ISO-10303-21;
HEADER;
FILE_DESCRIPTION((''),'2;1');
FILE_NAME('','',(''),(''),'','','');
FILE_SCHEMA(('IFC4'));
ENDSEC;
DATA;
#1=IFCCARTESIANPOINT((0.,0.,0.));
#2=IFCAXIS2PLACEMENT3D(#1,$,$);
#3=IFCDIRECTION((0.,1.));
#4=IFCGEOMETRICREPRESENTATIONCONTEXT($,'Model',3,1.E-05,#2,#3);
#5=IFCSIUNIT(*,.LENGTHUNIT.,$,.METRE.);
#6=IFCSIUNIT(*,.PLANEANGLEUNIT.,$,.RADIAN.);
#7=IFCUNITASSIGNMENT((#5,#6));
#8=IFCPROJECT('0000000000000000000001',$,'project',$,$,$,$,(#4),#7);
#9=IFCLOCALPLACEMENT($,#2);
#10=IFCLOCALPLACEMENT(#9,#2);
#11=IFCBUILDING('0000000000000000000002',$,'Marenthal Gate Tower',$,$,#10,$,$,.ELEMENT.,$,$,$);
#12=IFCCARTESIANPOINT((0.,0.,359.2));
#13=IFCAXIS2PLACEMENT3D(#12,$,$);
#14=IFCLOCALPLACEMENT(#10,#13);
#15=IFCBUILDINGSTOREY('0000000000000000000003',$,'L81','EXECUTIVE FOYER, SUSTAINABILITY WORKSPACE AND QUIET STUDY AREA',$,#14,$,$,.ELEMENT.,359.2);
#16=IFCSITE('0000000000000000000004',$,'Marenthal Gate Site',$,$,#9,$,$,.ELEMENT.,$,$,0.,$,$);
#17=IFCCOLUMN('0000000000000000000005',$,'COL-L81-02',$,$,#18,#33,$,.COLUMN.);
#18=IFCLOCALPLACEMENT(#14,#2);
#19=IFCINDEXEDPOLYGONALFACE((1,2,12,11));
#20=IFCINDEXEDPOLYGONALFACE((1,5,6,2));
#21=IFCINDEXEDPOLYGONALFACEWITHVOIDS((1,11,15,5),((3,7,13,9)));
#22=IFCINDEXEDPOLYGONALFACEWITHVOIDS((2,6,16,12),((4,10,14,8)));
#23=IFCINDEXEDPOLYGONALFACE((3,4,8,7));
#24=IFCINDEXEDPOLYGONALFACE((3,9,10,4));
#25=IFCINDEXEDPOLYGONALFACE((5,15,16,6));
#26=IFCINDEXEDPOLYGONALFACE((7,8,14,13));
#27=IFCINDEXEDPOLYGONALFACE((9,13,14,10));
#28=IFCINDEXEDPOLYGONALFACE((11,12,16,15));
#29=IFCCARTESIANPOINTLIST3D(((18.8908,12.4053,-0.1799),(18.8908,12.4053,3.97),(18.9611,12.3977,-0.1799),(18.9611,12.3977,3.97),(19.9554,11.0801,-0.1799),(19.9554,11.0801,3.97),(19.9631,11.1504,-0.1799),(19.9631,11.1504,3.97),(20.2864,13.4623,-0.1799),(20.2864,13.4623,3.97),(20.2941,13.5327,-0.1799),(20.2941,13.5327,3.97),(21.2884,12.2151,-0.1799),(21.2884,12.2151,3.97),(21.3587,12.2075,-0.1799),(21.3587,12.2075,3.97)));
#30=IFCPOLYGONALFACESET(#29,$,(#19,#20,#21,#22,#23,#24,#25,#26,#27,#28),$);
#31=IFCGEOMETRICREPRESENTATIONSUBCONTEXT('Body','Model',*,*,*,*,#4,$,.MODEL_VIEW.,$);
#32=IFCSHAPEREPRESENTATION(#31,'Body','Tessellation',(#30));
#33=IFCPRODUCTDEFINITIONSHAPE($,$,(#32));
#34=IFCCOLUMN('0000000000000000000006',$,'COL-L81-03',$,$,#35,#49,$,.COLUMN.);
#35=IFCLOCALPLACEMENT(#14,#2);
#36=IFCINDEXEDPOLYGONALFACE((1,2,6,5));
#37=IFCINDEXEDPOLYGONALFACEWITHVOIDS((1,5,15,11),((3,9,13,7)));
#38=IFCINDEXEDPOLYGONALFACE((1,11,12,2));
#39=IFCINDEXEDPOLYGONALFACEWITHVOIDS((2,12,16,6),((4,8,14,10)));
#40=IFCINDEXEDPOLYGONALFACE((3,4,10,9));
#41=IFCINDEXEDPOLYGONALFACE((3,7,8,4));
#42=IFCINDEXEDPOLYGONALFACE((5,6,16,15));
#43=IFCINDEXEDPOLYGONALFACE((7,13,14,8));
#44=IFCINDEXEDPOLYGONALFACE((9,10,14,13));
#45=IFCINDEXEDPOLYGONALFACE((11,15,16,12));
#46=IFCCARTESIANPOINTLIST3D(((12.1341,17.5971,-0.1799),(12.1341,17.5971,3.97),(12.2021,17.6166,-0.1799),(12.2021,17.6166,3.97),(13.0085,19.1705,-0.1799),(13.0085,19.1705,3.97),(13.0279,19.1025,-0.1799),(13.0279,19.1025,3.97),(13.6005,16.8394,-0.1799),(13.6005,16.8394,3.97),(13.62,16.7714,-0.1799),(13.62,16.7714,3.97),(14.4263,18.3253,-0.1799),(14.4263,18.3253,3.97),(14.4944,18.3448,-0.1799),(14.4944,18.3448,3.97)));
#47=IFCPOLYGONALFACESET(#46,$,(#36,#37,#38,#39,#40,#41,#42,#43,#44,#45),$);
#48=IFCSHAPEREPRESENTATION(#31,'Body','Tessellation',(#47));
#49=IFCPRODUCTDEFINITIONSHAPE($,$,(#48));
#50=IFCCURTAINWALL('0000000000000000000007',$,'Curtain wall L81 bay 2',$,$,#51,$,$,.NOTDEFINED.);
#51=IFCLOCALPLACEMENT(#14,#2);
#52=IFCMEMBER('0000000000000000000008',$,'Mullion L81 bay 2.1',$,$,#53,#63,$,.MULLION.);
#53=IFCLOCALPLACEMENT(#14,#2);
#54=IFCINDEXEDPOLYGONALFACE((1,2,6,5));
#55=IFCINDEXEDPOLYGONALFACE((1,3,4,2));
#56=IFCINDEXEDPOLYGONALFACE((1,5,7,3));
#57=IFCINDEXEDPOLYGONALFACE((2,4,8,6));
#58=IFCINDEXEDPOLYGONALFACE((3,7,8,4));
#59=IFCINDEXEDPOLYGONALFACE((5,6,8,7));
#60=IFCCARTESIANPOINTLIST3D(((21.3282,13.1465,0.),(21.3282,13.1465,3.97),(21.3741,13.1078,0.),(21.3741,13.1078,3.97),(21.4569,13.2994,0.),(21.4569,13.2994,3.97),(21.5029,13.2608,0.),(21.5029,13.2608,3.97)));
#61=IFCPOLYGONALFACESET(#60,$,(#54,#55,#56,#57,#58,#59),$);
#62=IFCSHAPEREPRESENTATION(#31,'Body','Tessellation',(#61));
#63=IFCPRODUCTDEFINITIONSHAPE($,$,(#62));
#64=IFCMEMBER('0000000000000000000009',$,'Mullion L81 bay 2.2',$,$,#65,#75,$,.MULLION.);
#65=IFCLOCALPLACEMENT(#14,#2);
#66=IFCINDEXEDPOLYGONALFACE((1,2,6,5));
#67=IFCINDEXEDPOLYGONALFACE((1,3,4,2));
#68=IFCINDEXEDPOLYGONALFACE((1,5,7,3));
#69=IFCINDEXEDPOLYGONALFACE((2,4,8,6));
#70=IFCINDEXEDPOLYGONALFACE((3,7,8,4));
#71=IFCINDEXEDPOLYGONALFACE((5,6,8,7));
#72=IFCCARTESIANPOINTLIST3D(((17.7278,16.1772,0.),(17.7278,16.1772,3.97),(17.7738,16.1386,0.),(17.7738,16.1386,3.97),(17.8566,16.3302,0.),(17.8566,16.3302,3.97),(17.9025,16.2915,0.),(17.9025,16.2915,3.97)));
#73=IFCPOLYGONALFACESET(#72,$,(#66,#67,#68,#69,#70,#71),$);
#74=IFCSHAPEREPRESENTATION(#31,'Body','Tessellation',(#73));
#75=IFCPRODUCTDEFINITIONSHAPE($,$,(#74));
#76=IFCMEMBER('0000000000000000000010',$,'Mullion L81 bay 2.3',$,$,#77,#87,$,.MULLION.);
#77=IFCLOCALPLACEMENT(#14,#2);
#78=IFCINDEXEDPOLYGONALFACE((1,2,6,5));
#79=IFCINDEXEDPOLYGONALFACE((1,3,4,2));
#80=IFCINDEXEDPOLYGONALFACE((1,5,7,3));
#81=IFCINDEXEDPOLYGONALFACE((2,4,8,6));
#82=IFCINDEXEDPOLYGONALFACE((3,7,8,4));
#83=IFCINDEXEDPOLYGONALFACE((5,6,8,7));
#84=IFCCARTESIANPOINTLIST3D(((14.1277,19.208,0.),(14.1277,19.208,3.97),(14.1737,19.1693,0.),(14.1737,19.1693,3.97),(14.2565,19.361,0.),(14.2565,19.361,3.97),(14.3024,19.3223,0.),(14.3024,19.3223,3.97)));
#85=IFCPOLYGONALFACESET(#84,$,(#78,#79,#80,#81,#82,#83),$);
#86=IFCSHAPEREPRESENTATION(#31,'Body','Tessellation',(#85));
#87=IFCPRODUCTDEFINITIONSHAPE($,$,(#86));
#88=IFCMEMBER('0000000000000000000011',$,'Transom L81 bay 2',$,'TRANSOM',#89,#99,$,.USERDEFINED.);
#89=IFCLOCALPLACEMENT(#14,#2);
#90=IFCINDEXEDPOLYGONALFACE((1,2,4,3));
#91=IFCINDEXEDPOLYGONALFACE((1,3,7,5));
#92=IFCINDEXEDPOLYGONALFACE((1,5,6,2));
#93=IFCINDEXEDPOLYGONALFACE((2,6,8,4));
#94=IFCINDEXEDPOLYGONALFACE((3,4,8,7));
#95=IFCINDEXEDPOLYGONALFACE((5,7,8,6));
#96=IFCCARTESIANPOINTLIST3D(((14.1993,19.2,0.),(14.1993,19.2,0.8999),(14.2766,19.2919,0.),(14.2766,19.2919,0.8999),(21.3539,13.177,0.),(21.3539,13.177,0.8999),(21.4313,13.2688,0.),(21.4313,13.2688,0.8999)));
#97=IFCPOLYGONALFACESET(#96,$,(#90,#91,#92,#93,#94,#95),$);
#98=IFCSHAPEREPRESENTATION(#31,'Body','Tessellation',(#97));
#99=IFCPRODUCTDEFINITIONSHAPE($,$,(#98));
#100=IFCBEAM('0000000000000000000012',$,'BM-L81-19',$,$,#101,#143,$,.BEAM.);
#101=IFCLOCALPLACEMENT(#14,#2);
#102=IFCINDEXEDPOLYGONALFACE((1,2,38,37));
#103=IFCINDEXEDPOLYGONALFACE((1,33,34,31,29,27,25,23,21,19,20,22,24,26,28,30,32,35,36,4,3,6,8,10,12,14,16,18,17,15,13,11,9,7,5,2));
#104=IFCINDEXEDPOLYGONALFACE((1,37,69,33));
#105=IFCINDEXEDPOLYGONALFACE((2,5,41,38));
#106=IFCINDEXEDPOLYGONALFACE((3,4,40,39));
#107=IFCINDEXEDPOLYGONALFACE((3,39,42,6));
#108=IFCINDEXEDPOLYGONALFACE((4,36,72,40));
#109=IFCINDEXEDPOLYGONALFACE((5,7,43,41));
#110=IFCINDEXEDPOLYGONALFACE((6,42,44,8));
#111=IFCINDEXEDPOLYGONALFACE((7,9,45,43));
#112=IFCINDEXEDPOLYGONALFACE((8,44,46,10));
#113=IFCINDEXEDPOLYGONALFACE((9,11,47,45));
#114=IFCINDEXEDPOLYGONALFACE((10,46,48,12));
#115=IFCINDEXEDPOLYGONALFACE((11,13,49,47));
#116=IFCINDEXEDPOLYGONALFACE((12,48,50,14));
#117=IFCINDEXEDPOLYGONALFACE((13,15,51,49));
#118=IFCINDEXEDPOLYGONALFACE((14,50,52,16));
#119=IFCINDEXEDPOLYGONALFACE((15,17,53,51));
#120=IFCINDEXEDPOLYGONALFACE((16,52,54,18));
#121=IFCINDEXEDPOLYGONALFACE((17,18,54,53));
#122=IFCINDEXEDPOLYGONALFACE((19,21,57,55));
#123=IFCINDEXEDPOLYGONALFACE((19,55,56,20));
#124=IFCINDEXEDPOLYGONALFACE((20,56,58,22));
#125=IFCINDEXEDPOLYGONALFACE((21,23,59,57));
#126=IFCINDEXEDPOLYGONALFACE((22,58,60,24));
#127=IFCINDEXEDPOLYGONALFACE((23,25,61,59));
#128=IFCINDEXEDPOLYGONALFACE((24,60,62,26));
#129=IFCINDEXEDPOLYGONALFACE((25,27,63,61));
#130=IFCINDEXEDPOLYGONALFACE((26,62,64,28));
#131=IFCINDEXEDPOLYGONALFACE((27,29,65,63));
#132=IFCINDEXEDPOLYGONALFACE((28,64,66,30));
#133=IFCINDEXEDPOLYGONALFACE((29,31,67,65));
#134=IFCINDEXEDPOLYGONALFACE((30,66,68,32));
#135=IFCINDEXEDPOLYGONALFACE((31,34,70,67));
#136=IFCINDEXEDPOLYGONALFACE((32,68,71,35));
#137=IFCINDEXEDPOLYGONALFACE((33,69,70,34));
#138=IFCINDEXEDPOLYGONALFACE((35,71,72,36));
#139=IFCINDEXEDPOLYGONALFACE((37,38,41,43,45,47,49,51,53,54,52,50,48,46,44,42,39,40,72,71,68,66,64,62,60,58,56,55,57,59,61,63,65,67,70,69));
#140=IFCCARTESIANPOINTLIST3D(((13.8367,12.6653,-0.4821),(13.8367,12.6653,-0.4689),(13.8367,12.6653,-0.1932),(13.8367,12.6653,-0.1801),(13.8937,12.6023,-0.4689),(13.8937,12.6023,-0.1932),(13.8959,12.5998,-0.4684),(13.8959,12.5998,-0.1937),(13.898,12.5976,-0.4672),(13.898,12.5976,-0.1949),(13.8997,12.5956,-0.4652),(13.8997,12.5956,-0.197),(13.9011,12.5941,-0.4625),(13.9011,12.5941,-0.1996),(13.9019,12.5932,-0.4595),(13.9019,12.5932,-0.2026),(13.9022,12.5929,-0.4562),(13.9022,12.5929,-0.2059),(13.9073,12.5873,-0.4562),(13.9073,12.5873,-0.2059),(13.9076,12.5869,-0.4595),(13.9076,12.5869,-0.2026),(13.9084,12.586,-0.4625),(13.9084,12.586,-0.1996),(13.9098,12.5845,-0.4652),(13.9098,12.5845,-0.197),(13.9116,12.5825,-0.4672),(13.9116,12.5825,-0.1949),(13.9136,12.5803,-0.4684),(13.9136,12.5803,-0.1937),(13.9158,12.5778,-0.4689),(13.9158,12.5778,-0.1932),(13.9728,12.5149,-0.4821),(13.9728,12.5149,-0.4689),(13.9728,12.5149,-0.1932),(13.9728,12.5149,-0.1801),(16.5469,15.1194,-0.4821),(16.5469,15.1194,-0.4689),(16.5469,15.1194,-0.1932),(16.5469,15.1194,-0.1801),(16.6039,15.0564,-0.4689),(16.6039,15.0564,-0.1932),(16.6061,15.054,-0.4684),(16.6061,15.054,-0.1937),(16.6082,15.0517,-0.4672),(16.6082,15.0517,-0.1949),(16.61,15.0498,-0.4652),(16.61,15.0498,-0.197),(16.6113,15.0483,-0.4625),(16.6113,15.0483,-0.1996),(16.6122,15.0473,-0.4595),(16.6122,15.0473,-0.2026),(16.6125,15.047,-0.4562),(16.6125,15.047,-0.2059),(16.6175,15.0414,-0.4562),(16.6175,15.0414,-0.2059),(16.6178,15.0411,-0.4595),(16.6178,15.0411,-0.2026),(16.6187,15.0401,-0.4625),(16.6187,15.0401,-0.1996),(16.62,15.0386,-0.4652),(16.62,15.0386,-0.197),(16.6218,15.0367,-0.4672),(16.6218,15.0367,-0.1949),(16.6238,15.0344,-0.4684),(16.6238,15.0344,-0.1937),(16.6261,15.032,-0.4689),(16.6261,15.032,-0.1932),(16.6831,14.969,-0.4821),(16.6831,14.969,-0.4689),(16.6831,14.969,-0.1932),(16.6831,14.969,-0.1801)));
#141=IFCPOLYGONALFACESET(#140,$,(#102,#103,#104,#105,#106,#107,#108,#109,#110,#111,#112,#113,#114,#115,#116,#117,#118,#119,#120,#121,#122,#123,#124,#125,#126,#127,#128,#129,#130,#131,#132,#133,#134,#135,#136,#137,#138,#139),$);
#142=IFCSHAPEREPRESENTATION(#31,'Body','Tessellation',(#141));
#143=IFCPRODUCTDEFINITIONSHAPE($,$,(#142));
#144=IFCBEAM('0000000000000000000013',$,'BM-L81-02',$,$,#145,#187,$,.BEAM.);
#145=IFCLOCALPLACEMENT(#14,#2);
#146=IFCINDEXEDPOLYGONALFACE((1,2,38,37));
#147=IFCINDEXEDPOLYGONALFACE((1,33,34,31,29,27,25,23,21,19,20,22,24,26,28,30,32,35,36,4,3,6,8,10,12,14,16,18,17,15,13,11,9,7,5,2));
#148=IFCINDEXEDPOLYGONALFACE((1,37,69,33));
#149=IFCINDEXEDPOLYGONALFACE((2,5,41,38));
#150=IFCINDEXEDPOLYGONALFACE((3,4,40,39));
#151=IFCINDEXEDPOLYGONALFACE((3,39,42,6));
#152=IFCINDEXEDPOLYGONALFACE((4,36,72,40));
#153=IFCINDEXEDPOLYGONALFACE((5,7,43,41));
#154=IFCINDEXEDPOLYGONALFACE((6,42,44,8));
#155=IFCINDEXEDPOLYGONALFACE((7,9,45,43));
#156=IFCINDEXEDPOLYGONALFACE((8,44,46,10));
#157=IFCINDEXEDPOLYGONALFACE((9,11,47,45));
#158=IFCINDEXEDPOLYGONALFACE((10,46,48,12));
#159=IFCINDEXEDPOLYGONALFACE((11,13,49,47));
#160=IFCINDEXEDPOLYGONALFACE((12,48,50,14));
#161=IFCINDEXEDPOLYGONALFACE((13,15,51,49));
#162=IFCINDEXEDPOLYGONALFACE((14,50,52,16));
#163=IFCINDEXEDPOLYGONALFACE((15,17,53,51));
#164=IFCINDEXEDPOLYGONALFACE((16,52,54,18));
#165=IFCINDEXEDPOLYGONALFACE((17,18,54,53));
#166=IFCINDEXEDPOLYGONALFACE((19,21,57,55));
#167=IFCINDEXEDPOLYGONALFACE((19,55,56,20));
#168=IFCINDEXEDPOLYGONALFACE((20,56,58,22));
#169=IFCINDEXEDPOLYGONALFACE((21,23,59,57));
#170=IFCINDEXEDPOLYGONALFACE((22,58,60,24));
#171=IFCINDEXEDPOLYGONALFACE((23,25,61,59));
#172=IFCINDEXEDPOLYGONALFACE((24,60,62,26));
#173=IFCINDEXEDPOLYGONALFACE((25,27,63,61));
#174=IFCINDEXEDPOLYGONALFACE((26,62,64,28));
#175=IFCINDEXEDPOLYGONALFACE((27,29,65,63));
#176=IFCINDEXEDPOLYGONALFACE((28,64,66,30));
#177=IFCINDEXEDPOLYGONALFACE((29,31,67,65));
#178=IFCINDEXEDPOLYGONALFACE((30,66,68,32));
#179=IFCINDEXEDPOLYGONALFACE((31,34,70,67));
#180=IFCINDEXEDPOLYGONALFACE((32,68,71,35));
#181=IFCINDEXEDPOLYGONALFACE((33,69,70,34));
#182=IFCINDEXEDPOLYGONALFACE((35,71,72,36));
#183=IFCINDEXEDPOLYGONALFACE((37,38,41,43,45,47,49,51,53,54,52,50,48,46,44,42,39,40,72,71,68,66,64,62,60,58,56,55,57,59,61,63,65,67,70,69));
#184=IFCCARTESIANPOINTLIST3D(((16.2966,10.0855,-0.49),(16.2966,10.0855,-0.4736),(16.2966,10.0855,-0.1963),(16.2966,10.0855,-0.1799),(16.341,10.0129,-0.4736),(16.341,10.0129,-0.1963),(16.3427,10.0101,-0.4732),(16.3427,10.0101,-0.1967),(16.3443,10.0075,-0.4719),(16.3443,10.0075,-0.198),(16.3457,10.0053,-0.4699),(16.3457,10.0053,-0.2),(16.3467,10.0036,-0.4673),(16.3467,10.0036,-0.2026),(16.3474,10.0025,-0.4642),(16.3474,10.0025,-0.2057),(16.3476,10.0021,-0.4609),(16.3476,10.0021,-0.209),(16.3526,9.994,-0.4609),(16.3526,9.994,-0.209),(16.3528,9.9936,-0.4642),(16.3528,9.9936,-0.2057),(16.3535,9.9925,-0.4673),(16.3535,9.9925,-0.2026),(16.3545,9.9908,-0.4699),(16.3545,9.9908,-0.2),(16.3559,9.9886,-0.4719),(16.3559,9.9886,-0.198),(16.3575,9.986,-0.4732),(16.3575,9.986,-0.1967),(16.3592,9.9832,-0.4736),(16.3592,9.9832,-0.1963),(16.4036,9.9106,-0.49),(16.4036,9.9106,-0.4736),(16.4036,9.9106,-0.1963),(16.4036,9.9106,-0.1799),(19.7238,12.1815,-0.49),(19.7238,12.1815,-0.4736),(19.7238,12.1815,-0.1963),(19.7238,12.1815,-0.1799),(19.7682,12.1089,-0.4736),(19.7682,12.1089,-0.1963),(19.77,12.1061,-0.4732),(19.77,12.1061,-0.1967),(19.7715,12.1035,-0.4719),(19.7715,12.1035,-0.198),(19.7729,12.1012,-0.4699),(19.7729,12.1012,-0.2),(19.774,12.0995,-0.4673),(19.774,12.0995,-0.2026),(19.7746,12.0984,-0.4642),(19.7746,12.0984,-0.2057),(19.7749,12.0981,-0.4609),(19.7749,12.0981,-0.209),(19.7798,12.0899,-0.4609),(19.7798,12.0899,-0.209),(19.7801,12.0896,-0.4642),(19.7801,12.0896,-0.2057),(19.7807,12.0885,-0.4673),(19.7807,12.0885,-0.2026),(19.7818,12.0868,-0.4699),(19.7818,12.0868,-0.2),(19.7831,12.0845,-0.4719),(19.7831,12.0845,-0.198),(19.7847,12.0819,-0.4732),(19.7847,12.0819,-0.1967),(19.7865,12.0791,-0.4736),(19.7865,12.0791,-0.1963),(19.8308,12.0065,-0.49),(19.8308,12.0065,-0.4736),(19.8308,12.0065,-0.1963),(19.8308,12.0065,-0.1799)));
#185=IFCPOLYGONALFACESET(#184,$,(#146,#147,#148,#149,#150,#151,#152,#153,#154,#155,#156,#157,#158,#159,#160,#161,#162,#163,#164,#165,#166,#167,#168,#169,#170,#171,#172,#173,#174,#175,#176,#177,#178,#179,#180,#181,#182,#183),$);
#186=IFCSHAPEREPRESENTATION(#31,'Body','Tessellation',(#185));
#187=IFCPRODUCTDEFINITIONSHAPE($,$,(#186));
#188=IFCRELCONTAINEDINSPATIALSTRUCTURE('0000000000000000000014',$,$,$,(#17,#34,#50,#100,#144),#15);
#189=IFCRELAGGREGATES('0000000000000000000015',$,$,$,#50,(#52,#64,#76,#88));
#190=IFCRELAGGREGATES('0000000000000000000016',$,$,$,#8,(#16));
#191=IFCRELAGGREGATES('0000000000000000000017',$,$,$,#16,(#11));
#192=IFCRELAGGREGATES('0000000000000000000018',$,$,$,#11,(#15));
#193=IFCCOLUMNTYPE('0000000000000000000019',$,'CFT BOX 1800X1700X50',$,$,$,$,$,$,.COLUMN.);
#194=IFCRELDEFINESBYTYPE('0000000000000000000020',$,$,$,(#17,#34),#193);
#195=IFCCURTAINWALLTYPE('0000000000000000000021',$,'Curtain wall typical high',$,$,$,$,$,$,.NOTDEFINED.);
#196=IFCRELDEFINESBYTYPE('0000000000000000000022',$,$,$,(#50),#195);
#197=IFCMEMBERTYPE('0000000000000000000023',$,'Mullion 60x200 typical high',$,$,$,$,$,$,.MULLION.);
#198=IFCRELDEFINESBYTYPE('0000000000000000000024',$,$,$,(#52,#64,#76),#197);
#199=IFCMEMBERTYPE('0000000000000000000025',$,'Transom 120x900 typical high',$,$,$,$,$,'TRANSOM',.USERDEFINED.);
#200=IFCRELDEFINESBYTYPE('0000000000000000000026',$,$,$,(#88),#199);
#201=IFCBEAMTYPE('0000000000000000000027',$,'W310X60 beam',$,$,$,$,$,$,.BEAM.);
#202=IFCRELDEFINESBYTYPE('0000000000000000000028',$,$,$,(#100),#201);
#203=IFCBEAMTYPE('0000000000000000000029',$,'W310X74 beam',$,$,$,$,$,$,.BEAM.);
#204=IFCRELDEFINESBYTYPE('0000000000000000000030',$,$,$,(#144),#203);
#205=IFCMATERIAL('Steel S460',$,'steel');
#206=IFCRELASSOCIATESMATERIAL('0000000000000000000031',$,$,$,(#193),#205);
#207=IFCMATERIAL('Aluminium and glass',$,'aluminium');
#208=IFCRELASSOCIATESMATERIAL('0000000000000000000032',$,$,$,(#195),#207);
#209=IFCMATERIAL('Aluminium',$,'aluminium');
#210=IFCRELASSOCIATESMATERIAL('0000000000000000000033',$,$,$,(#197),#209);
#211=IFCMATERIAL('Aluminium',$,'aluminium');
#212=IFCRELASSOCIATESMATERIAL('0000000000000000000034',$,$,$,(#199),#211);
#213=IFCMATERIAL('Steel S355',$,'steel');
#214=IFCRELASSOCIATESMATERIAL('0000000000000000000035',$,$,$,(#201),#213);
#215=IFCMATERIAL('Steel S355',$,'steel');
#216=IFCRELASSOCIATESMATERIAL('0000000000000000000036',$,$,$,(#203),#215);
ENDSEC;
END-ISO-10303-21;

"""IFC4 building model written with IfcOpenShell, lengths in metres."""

from ifc_helpers import new_model, si_unit, direction, frame, origin, origin_2d, place, context, subcontext, project, spatial, rectangle, hollow_rectangle, i_section, extrude, material, material_profile, profile_set, type_object, element, aggregate, save


model = new_model("IFC4")

# Units and contexts
model_context = context("Model", 3, precision=1e-05, world=origin(), true_north=direction((0.0, 1.0)))
body_context = subcontext(model_context, "Body", "Model", "MODEL_VIEW")
ifc_project = project(units=[si_unit("LENGTHUNIT", "METRE"), si_unit("PLANEANGLEUNIT", "RADIAN")], contexts=[model_context])

# Site, building, storey
site_placement = place(None, origin())
site = spatial("IfcSite", under=ifc_project, at=site_placement, Name="Marenthal Gate Site", CompositionType="ELEMENT", RefElevation=0.0)
building_placement = place(site_placement, origin())
building = spatial("IfcBuilding", under=site, at=building_placement, Name="Marenthal Gate Tower", CompositionType="ELEMENT")
storey_placement = place(building_placement, frame((0.0, 0.0, 359.2)))
storey = spatial("IfcBuildingStorey", under=building, at=storey_placement, Name="L81", Description="EXECUTIVE FOYER, SUSTAINABILITY WORKSPACE AND QUIET STUDY AREA", CompositionType="ELEMENT", Elevation=359.2)

# Columns
ifc_material_1 = material(Name="Steel S460", Category="steel")
ifc_material_profile_1 = material_profile(ifc_material_1, hollow_rectangle(XDim=1.7, YDim=1.8, WallThickness=0.05, at=origin_2d()), Name="CFT BOX 1800X1700X50")
ifc_material_2 = material(Name="Concrete 70 MPa", Category="concrete")
ifc_material_profile_2 = material_profile(ifc_material_2, rectangle(XDim=1.6001, YDim=1.7, at=origin_2d()), Name="CFT BOX 1800X1700X50 INFILL")
ifc_profile_set_1 = profile_set([ifc_material_profile_1, ifc_material_profile_2], Name="Steel S460 shell, Concrete 70 MPa infill")
column_type = type_object("IfcColumnType", Name="CFT BOX 1800X1700X50", PredefinedType="COLUMN", material=ifc_profile_set_1)
for number, where, z_axis, x_axis, name in (
    (1, (20.1248, 12.3064, -0.1799), (0.0, 0.0, 1.0), (0.626296, -0.779585, 0.0), "COL-L81-02"),
    (2, (13.3142, 17.9709, -0.1799), (0.0, 0.0, 1.0), (0.874089, -0.485765, 0.0), "COL-L81-03"),
):
    element("IfcColumn", number, at=place(storey_placement, frame(where, z_axis=z_axis, x_axis=x_axis)), inside=storey, type_object=column_type, Name=name, PredefinedType="COLUMN", context=body_context, shape_type="SweptSolid", body=[
        extrude(hollow_rectangle(XDim=1.7, YDim=1.8, WallThickness=0.05, at=origin_2d()), origin(), (0.0, 0.0, 1.0), 4.1499),
    ])

# Curtain wall, members
ifc_material_3 = material(Name="Aluminium and glass", Category="aluminium")
curtain_wall_type = type_object("IfcCurtainWallType", Name="Curtain wall typical high", PredefinedType="NOTDEFINED", material=ifc_material_3)
curtain_wall_placement = place(storey_placement, origin())
curtain_wall = element("IfcCurtainWall", 3, at=curtain_wall_placement, inside=storey, type_object=curtain_wall_type, Name="Curtain wall L81 bay 2", PredefinedType="NOTDEFINED")
ifc_material_4 = material(Name="Aluminium", Category="aluminium")
ifc_material_profile_3 = material_profile(ifc_material_4, rectangle(XDim=0.2, YDim=0.0601, at=origin_2d()), Name="60x200 aluminium mullion")
ifc_profile_set_2 = profile_set([ifc_material_profile_3], Name="Aluminium")
member_type_1 = type_object("IfcMemberType", Name="Mullion 60x200 typical high", PredefinedType="MULLION", material=ifc_profile_set_2)
member_1_placement = place(storey_placement, frame((21.4155, 13.2036, 0.0), z_axis=(0.0, 0.0, 1.0), x_axis=(-0.644023, -0.765006, 0.0)))
member_1 = element("IfcMember", 4, at=member_1_placement, type_object=member_type_1, Name="Mullion L81 bay 2.1", PredefinedType="MULLION", context=body_context, shape_type="SweptSolid", body=[
    extrude(rectangle(XDim=0.2, YDim=0.0601, at=origin_2d()), origin(), (0.0, 0.0, 1.0), 3.97),
])
member_2_placement = place(storey_placement, frame((17.8152, 16.2344, 0.0), z_axis=(0.0, 0.0, 1.0), x_axis=(-0.644023, -0.765006, 0.0)))
member_2 = element("IfcMember", 5, at=member_2_placement, type_object=member_type_1, Name="Mullion L81 bay 2.2", PredefinedType="MULLION", context=body_context, shape_type="SweptSolid", body=[
    extrude(rectangle(XDim=0.2, YDim=0.0601, at=origin_2d()), origin(), (0.0, 0.0, 1.0), 3.97),
])
member_3_placement = place(storey_placement, frame((14.2151, 19.2651, 0.0), z_axis=(0.0, 0.0, 1.0), x_axis=(-0.644023, -0.765006, 0.0)))
member_3 = element("IfcMember", 6, at=member_3_placement, type_object=member_type_1, Name="Mullion L81 bay 2.3", PredefinedType="MULLION", context=body_context, shape_type="SweptSolid", body=[
    extrude(rectangle(XDim=0.2, YDim=0.0601, at=origin_2d()), origin(), (0.0, 0.0, 1.0), 3.97),
])
ifc_material_5 = material(Name="Aluminium", Category="aluminium")
ifc_material_profile_4 = material_profile(ifc_material_5, rectangle(XDim=0.1201, YDim=0.8999, at=origin_2d()), Name="120x900 aluminium transom")
ifc_profile_set_3 = profile_set([ifc_material_profile_4], Name="Aluminium")
member_type_2 = type_object("IfcMemberType", Name="Transom 120x900 typical high", ElementType="TRANSOM", PredefinedType="USERDEFINED", material=ifc_profile_set_3)
member_4_placement = place(storey_placement, frame((21.3926, 13.2229, 0.45), z_axis=(-0.765013, 0.644015, 0.0), x_axis=(-0.644015, -0.765013, 0.0)))
member_4 = element("IfcMember", 7, at=member_4_placement, type_object=member_type_2, Name="Transom L81 bay 2", ObjectType="TRANSOM", PredefinedType="USERDEFINED", context=body_context, shape_type="SweptSolid", body=[
    extrude(rectangle(XDim=0.1201, YDim=0.8999, at=origin_2d()), origin(), (0.0, 0.0, 1.0), 9.3523),
])

# Beams
ifc_material_6 = material(Name="Steel S355", Category="steel")
ifc_material_profile_5 = material_profile(ifc_material_6, i_section(OverallWidth=0.2029, OverallDepth=0.302, WebThickness=0.0076, FlangeThickness=0.0132, FilletRadius=0.0127, at=origin_2d()), Name="W310X60")
ifc_profile_set_4 = profile_set([ifc_material_profile_5], Name="Steel S355")
beam_type_1 = type_object("IfcBeamType", Name="W310X60 beam", PredefinedType="BEAM", material=ifc_profile_set_4)
beam_1_placement = place(storey_placement, frame((16.615, 15.0442, -0.3311), z_axis=(-0.741262, -0.671216, 0.0), x_axis=(0.671216, -0.741262, 0.0)))
element("IfcBeam", 8, at=beam_1_placement, inside=storey, type_object=beam_type_1, Name="BM-L81-19", PredefinedType="BEAM", context=body_context, shape_type="SweptSolid", body=[
    extrude(i_section(OverallWidth=0.2029, OverallDepth=0.302, WebThickness=0.0076, FlangeThickness=0.0132, FilletRadius=0.0127, at=origin_2d()), origin(), (0.0, 0.0, 1.0), 3.6562),
])
ifc_material_7 = material(Name="Steel S355", Category="steel")
ifc_material_profile_6 = material_profile(ifc_material_7, i_section(OverallWidth=0.2051, OverallDepth=0.3101, WebThickness=0.0095, FlangeThickness=0.0164, FilletRadius=0.0127, at=origin_2d()), Name="W310X74")
ifc_profile_set_5 = profile_set([ifc_material_profile_6], Name="Steel S355")
beam_type_2 = type_object("IfcBeamType", Name="W310X74 beam", PredefinedType="BEAM", material=ifc_profile_set_5)
beam_2_placement = place(storey_placement, frame((19.7773, 12.094, -0.335), z_axis=(-0.853114, -0.521725, 0.0), x_axis=(0.521725, -0.853114, 0.0)))
element("IfcBeam", 9, at=beam_2_placement, inside=storey, type_object=beam_type_2, Name="BM-L81-02", PredefinedType="BEAM", context=body_context, shape_type="SweptSolid", body=[
    extrude(i_section(OverallWidth=0.2051, OverallDepth=0.3101, WebThickness=0.0095, FlangeThickness=0.0164, FilletRadius=0.0127, at=origin_2d()), origin(), (0.0, 0.0, 1.0), 4.0173),
])

aggregate(curtain_wall, [member_1, member_2, member_3, member_4])

save(model, "model.ifc")
